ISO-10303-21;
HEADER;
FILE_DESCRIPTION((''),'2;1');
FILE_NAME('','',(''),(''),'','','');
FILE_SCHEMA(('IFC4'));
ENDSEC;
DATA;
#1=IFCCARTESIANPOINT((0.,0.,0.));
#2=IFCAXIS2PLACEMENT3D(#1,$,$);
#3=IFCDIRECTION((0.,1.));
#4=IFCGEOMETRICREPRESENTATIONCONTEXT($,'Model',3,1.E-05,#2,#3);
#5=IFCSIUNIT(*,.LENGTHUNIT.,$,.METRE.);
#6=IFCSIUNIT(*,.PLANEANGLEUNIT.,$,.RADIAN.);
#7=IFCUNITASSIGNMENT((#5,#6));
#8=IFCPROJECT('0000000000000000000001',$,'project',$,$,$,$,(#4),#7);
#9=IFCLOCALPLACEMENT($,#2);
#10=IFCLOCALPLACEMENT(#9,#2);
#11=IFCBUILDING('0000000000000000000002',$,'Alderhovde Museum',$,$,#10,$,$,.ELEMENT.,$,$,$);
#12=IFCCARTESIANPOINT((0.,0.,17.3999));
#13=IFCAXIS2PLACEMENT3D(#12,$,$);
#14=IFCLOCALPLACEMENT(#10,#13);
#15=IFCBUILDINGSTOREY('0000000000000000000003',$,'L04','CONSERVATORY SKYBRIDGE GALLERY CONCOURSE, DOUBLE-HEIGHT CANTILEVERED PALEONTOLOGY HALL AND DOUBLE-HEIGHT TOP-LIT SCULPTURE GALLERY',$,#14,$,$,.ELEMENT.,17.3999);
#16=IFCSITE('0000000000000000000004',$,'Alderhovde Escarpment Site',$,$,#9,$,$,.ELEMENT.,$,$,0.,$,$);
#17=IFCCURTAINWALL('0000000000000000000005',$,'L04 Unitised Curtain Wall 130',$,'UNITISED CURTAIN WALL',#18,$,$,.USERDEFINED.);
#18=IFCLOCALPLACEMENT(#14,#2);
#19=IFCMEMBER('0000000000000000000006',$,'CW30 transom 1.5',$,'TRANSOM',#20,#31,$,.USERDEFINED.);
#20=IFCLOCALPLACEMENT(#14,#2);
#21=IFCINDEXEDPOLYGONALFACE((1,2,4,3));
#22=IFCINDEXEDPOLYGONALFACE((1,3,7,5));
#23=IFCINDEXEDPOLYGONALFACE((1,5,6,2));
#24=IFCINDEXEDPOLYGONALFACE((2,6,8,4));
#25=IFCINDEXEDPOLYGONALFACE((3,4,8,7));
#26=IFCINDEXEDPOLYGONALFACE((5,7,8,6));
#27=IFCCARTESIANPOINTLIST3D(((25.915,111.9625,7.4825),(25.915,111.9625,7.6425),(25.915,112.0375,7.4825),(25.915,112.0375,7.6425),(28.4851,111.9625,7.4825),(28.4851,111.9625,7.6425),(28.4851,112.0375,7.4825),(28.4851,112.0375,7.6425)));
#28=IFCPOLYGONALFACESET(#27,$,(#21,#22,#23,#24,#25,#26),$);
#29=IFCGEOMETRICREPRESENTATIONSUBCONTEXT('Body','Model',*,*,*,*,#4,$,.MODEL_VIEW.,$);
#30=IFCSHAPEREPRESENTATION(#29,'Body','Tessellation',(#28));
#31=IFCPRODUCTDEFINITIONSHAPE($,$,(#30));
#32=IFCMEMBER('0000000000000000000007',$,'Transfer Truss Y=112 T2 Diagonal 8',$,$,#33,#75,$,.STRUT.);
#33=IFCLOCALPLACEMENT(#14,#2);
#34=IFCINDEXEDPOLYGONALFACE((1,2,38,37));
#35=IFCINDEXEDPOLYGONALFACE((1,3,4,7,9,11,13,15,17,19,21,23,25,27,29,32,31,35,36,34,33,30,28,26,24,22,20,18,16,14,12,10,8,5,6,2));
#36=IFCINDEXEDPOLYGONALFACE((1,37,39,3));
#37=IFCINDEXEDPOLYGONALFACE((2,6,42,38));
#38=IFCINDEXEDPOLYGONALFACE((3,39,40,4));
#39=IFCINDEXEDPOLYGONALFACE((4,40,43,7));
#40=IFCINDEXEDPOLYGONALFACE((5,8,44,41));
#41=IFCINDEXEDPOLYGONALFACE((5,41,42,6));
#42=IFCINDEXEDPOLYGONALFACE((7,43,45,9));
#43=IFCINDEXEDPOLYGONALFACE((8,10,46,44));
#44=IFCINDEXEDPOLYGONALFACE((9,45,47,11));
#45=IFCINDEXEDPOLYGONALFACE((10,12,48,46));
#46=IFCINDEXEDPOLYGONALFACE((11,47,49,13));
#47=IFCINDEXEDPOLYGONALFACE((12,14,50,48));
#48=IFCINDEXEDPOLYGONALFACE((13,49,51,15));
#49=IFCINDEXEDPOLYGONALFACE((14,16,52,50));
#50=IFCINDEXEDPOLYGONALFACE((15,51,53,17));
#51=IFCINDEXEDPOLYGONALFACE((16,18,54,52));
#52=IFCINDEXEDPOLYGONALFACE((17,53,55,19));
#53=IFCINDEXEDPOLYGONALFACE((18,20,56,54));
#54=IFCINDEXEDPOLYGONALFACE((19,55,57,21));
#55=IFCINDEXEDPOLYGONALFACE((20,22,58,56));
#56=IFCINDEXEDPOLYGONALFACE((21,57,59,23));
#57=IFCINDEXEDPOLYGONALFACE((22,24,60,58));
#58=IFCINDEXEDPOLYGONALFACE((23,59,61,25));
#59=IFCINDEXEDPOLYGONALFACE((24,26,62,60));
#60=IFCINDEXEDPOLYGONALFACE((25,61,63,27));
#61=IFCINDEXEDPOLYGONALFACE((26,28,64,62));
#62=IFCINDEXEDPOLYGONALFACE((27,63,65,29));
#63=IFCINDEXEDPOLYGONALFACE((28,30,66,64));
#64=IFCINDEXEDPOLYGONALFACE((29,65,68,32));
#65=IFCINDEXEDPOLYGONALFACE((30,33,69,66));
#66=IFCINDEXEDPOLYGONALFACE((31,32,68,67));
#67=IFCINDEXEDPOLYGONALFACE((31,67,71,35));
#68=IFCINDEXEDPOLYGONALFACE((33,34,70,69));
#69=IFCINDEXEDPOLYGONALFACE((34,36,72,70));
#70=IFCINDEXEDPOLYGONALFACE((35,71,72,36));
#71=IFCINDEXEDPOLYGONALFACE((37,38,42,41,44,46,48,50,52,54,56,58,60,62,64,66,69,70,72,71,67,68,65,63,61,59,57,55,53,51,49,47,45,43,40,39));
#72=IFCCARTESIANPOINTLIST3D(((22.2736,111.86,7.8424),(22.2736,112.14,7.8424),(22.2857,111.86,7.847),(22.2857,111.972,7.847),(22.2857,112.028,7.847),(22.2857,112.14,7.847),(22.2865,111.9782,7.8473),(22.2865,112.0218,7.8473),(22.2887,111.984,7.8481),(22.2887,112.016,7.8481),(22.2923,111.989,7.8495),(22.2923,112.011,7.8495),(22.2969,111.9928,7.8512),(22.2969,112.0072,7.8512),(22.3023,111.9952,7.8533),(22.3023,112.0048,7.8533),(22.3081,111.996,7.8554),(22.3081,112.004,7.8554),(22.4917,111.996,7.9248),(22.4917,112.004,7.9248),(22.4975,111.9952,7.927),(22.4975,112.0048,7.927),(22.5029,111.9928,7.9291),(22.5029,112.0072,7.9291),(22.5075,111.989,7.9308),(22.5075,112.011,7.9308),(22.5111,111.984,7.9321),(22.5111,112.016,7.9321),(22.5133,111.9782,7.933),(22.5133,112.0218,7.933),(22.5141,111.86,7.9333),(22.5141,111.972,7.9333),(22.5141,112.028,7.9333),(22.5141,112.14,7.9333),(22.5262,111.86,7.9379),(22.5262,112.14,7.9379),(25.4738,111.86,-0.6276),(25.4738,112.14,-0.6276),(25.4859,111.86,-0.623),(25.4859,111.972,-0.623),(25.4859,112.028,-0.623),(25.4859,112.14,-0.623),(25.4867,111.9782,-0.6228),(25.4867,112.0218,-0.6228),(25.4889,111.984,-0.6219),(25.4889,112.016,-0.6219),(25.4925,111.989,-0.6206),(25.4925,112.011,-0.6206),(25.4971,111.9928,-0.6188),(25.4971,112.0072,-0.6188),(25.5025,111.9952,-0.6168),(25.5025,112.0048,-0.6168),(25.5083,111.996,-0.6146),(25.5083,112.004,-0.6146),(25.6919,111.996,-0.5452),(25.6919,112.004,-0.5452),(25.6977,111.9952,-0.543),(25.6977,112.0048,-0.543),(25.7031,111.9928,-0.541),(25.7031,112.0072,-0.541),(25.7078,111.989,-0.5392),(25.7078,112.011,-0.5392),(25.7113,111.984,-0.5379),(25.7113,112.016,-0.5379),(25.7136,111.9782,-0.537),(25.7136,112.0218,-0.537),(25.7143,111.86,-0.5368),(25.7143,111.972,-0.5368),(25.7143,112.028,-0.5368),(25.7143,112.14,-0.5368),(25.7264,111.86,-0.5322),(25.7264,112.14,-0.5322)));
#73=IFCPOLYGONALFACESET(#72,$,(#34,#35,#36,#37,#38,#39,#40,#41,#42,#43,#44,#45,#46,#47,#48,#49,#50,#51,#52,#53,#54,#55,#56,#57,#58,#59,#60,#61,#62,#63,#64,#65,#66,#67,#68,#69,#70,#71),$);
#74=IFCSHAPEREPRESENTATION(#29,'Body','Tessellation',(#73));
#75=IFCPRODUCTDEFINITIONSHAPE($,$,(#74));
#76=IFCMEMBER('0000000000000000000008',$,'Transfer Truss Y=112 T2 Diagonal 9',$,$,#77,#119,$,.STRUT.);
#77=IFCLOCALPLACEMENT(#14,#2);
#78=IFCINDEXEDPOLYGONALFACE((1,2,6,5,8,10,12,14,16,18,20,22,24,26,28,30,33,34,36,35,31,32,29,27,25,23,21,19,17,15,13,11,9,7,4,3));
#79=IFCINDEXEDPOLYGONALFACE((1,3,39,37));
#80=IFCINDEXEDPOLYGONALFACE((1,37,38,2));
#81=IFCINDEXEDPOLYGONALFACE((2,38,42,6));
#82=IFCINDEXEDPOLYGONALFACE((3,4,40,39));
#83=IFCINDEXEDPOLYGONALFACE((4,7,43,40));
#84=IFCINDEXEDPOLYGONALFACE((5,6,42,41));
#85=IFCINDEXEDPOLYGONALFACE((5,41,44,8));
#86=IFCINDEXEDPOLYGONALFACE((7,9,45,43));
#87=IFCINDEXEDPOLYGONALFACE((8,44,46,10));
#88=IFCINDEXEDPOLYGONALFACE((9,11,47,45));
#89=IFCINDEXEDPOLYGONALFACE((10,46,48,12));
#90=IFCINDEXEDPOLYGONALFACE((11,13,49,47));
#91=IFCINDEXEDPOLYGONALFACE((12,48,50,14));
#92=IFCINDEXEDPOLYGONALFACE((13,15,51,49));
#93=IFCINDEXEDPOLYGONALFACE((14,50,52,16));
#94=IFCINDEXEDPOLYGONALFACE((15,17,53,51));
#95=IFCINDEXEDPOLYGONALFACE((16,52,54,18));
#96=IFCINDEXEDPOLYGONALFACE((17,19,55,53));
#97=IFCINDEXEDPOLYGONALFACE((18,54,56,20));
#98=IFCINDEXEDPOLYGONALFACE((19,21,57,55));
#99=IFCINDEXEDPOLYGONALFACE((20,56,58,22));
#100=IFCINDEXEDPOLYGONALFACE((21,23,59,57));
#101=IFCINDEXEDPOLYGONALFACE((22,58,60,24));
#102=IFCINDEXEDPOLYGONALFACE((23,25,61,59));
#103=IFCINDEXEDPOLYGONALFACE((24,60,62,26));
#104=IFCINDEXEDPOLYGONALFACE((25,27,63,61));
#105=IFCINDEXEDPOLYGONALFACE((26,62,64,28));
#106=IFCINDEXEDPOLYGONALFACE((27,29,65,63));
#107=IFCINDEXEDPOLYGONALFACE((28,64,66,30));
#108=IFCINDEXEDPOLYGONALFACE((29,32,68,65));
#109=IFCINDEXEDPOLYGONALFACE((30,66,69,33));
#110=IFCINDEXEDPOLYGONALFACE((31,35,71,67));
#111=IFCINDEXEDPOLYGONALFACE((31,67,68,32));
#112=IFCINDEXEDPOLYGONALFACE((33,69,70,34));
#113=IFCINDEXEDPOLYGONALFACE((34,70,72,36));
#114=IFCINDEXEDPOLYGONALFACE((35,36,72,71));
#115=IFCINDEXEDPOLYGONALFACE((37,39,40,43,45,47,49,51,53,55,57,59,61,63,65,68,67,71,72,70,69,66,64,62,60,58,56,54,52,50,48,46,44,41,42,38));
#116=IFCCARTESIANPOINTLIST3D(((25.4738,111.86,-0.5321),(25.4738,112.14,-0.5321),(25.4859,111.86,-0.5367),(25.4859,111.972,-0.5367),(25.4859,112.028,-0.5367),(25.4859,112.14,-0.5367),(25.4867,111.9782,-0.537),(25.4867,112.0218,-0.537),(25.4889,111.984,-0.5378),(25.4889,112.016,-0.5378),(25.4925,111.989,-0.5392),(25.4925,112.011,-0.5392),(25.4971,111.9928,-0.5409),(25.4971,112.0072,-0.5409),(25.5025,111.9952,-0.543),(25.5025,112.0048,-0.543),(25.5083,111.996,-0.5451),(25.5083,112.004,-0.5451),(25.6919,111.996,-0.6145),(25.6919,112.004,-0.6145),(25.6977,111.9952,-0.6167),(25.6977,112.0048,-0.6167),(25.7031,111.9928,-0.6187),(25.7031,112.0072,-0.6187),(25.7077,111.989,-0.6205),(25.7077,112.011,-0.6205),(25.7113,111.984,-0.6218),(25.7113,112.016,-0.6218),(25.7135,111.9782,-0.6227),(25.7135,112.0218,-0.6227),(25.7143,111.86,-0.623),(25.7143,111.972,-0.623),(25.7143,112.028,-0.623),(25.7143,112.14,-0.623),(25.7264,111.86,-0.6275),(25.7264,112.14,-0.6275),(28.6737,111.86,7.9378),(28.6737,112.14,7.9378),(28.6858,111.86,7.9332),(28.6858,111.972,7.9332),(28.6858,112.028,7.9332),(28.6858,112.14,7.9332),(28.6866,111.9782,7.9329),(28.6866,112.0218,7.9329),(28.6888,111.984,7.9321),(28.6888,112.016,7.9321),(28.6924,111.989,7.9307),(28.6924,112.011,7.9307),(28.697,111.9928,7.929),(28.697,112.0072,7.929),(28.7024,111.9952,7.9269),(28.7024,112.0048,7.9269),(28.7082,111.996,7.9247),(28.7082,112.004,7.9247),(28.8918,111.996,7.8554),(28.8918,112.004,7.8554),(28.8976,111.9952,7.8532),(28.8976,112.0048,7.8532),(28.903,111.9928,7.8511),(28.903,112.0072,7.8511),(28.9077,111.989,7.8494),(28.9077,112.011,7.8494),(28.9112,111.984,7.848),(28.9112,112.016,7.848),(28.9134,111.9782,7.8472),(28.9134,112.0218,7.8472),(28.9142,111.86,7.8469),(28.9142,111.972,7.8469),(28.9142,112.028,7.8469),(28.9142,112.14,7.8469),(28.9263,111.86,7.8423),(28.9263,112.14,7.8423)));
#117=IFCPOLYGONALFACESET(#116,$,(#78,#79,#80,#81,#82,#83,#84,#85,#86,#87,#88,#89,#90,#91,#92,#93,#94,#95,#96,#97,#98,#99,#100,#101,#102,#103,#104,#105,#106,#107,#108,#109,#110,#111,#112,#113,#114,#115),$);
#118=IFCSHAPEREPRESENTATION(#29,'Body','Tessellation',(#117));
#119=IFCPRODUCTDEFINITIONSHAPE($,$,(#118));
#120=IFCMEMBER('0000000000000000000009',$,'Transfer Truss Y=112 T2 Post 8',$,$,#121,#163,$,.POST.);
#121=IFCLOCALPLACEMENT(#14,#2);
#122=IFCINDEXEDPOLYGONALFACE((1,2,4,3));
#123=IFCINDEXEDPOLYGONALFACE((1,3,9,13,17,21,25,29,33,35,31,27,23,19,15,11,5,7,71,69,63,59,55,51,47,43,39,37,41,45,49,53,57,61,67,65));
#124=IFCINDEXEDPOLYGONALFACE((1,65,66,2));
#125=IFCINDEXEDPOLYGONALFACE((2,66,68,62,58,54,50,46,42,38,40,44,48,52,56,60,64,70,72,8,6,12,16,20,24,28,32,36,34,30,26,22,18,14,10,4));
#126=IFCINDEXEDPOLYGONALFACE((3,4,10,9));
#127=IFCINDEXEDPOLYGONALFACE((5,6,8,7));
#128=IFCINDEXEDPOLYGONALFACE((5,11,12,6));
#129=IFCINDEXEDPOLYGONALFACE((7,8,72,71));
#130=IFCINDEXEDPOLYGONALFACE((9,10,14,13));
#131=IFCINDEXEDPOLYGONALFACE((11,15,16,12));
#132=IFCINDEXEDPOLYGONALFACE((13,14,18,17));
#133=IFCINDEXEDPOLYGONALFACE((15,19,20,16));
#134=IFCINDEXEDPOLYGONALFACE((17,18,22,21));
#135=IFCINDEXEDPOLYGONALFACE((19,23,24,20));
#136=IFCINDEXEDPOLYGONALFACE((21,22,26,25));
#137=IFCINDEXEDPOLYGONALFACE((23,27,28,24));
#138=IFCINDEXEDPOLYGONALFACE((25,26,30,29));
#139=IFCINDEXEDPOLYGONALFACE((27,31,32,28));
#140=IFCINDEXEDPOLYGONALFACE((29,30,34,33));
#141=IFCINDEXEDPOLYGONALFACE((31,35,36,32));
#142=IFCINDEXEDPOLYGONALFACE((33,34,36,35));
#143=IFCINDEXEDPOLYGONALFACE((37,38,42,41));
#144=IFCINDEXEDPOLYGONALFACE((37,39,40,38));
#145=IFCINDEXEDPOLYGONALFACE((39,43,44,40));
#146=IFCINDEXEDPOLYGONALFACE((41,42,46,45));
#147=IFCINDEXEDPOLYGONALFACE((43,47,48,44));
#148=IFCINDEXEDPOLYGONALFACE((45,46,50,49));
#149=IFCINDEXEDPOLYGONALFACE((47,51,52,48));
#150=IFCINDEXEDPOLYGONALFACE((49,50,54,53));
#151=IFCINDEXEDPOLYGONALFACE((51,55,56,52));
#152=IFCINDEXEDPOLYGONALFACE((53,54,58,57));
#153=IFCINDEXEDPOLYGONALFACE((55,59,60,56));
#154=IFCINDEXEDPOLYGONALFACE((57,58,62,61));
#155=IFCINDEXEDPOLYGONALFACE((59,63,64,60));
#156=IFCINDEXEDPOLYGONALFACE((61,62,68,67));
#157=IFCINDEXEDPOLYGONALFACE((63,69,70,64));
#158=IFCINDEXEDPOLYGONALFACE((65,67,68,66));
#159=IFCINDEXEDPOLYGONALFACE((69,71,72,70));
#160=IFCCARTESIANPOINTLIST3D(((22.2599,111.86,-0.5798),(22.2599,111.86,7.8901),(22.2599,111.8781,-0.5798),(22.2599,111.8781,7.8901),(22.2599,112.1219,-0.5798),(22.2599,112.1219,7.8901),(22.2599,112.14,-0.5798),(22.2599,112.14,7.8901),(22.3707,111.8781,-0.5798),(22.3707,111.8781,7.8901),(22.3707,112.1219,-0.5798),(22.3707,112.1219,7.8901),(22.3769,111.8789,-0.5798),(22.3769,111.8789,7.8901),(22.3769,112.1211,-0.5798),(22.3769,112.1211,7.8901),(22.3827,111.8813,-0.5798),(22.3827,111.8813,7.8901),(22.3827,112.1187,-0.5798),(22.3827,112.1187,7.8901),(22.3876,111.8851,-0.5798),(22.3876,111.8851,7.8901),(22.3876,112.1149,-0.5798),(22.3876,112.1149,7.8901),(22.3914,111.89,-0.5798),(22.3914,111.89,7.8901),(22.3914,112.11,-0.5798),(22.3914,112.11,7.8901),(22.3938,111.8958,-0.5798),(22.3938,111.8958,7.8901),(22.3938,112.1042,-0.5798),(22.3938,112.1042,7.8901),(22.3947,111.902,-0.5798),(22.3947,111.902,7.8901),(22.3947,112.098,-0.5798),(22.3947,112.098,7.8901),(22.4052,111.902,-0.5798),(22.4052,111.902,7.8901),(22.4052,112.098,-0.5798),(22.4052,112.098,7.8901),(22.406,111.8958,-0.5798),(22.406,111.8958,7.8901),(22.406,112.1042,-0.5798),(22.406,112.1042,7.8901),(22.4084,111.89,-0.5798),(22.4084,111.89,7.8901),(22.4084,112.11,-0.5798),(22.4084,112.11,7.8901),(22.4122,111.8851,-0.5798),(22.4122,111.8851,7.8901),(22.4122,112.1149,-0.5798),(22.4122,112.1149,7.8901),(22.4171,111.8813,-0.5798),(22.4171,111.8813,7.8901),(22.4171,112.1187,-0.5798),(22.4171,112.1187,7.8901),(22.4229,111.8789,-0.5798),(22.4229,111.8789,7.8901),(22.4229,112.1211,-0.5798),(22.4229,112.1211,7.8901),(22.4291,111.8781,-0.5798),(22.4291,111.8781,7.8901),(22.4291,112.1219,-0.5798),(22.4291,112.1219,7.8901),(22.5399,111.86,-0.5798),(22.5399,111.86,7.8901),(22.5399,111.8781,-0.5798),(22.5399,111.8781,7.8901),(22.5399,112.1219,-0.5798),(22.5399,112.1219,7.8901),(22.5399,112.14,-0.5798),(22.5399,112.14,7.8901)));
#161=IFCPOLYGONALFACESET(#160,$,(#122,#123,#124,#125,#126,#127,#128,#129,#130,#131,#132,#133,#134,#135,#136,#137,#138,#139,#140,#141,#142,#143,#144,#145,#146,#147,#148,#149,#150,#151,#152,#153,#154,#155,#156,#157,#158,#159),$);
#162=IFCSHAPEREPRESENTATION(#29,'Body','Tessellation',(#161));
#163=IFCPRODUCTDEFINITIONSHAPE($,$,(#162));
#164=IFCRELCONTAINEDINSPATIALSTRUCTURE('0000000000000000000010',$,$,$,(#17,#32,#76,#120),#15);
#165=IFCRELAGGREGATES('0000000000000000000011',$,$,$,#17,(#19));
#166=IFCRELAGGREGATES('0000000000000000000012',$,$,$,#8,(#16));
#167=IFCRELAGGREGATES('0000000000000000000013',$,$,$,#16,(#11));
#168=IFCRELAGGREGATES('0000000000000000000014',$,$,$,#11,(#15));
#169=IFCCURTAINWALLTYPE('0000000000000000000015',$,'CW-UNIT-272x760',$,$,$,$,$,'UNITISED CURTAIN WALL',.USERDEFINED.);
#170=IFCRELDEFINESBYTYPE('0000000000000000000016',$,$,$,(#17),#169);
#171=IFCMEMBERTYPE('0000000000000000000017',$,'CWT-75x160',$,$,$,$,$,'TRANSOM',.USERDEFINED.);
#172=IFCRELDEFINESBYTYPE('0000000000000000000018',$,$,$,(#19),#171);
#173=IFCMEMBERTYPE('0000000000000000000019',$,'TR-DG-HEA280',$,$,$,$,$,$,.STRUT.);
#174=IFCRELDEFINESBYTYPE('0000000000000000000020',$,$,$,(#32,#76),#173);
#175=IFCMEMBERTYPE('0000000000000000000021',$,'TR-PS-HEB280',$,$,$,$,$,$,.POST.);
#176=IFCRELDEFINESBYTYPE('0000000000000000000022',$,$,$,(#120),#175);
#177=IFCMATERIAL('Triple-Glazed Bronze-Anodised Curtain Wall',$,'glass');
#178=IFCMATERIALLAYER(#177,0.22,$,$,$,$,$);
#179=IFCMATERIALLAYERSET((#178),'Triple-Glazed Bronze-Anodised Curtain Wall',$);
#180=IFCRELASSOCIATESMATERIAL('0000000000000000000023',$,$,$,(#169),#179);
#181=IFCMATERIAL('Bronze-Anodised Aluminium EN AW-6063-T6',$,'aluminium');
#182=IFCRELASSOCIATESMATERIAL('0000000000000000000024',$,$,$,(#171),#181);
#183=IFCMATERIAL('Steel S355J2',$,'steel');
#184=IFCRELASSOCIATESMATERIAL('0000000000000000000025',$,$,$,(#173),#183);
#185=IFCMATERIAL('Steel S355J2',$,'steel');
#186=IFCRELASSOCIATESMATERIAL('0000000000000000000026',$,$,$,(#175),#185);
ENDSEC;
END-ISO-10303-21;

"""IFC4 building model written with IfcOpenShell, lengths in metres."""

from ifc_helpers import new_model, si_unit, direction, frame, origin, origin_2d, place, context, subcontext, project, spatial, rectangle, i_section, extrude, material, layer, layer_set, material_profile, profile_set, type_object, element, aggregate, save


model = new_model("IFC4")

# Units and contexts
model_context = context("Model", 3, precision=1e-05, world=origin(), true_north=direction((0.0, 1.0)))
body_context = subcontext(model_context, "Body", "Model", "MODEL_VIEW")
ifc_project = project(units=[si_unit("LENGTHUNIT", "METRE"), si_unit("PLANEANGLEUNIT", "RADIAN")], contexts=[model_context])

# Site, building, storey
site_placement = place(None, origin())
site = spatial("IfcSite", under=ifc_project, at=site_placement, Name="Alderhovde Escarpment Site", CompositionType="ELEMENT", RefElevation=0.0)
building_placement = place(site_placement, origin())
building = spatial("IfcBuilding", under=site, at=building_placement, Name="Alderhovde Museum", CompositionType="ELEMENT")
storey_placement = place(building_placement, frame((0.0, 0.0, 17.3999)))
storey = spatial("IfcBuildingStorey", under=building, at=storey_placement, Name="L04", Description="CONSERVATORY SKYBRIDGE GALLERY CONCOURSE, DOUBLE-HEIGHT CANTILEVERED PALEONTOLOGY HALL AND DOUBLE-HEIGHT TOP-LIT SCULPTURE GALLERY", CompositionType="ELEMENT", Elevation=17.3999)

# Shared definitions
ifc_material_1 = material(Name="Triple-Glazed Bronze-Anodised Curtain Wall", Category="glass")
ifc_layer_1 = layer(ifc_material_1, 0.22)
ifc_layer_set_1 = layer_set([ifc_layer_1], Name="Triple-Glazed Bronze-Anodised Curtain Wall")
curtain_wall_type = type_object("IfcCurtainWallType", Name="CW-UNIT-272x760", ElementType="UNITISED CURTAIN WALL", PredefinedType="USERDEFINED", material=ifc_layer_set_1)

# Curtain wall
curtain_wall_1_placement = place(storey_placement, origin())
curtain_wall_1 = element("IfcCurtainWall", 1, at=curtain_wall_1_placement, inside=storey, type_object=curtain_wall_type, Name="L04 Unitised Curtain Wall 130", ObjectType="UNITISED CURTAIN WALL", PredefinedType="USERDEFINED")

# Member
ifc_material_2 = material(Name="Bronze-Anodised Aluminium EN AW-6063-T6", Category="aluminium")
ifc_material_profile_1 = material_profile(ifc_material_2, rectangle(XDim=0.075, YDim=0.1599, at=origin_2d()), Name="TRANSOM 75x160")
ifc_profile_set_1 = profile_set([ifc_material_profile_1], Name="Bronze-Anodised Aluminium EN AW-6063-T6")
member_type_1 = type_object("IfcMemberType", Name="CWT-75x160", ElementType="TRANSOM", PredefinedType="USERDEFINED", material=ifc_profile_set_1)
member_1_placement = place(storey_placement, frame((25.915, 112.0, 7.5625), z_axis=(1.0, 0.0, 0.0), x_axis=(0.0, 1.0, 0.0)))
member_1 = element("IfcMember", 2, at=member_1_placement, type_object=member_type_1, Name="CW30 transom 1.5", ObjectType="TRANSOM", PredefinedType="USERDEFINED", context=body_context, shape_type="SweptSolid", body=[
    extrude(rectangle(XDim=0.075, YDim=0.1599, at=origin_2d()), origin(), (0.0, 0.0, 1.0), 2.5701),
])

# Members
ifc_material_3 = material(Name="Steel S355J2", Category="steel")
ifc_material_profile_2 = material_profile(ifc_material_3, i_section(OverallWidth=0.28, OverallDepth=0.27, WebThickness=0.0081, FlangeThickness=0.0129, FilletRadius=0.0239, at=origin_2d()), Name="HEA 280")
ifc_profile_set_2 = profile_set([ifc_material_profile_2], Name="Steel S355J2")
member_type_2 = type_object("IfcMemberType", Name="TR-DG-HEA280", PredefinedType="STRUT", material=ifc_profile_set_2)
member_2_placement = place(storey_placement, frame((22.3999, 112.0, 7.8901), z_axis=(0.353442, 0.0, -0.935456), x_axis=(0.0, 1.0, 0.0)))
element("IfcMember", 3, at=member_2_placement, inside=storey, type_object=member_type_2, Name="Transfer Truss Y=112 T2 Diagonal 8", PredefinedType="STRUT", context=body_context, shape_type="SweptSolid", body=[
    extrude(i_section(OverallWidth=0.28, OverallDepth=0.27, WebThickness=0.0081, FlangeThickness=0.0129, FilletRadius=0.0239, at=origin_2d()), origin(), (0.0, 0.0, 1.0), 9.0544),
])
member_3_placement = place(storey_placement, frame((25.6001, 112.0, -0.5798), z_axis=(0.353418, 0.0, 0.935465), x_axis=(0.0, 1.0, 0.0)))
element("IfcMember", 4, at=member_3_placement, inside=storey, type_object=member_type_2, Name="Transfer Truss Y=112 T2 Diagonal 9", PredefinedType="STRUT", context=body_context, shape_type="SweptSolid", body=[
    extrude(i_section(OverallWidth=0.28, OverallDepth=0.27, WebThickness=0.0081, FlangeThickness=0.0129, FilletRadius=0.0239, at=origin_2d()), origin(), (0.0, 0.0, 1.0), 9.0542),
])
ifc_material_4 = material(Name="Steel S355J2", Category="steel")
ifc_material_profile_3 = material_profile(ifc_material_4, i_section(OverallWidth=0.28, OverallDepth=0.28, WebThickness=0.0105, FlangeThickness=0.0181, FilletRadius=0.0239, at=origin_2d()), Name="HEB 280")
ifc_profile_set_3 = profile_set([ifc_material_profile_3], Name="Steel S355J2")
member_type_3 = type_object("IfcMemberType", Name="TR-PS-HEB280", PredefinedType="POST", material=ifc_profile_set_3)
for number, where, z_axis, x_axis, name in (
    (5, (22.3999, 112.0, -0.5798), (0.0, 0.0, 1.0), (1.0, 0.0, 0.0), "Transfer Truss Y=112 T2 Post 8"),
):
    element("IfcMember", number, at=place(storey_placement, frame(where, z_axis=z_axis, x_axis=x_axis)), inside=storey, type_object=member_type_3, Name=name, PredefinedType="POST", context=body_context, shape_type="SweptSolid", body=[
        extrude(i_section(OverallWidth=0.28, OverallDepth=0.28, WebThickness=0.0105, FlangeThickness=0.0181, FilletRadius=0.0239, at=origin_2d()), origin(), (0.0, 0.0, 1.0), 8.47),
    ])

aggregate(curtain_wall_1, [member_1])

save(model, "model.ifc")
